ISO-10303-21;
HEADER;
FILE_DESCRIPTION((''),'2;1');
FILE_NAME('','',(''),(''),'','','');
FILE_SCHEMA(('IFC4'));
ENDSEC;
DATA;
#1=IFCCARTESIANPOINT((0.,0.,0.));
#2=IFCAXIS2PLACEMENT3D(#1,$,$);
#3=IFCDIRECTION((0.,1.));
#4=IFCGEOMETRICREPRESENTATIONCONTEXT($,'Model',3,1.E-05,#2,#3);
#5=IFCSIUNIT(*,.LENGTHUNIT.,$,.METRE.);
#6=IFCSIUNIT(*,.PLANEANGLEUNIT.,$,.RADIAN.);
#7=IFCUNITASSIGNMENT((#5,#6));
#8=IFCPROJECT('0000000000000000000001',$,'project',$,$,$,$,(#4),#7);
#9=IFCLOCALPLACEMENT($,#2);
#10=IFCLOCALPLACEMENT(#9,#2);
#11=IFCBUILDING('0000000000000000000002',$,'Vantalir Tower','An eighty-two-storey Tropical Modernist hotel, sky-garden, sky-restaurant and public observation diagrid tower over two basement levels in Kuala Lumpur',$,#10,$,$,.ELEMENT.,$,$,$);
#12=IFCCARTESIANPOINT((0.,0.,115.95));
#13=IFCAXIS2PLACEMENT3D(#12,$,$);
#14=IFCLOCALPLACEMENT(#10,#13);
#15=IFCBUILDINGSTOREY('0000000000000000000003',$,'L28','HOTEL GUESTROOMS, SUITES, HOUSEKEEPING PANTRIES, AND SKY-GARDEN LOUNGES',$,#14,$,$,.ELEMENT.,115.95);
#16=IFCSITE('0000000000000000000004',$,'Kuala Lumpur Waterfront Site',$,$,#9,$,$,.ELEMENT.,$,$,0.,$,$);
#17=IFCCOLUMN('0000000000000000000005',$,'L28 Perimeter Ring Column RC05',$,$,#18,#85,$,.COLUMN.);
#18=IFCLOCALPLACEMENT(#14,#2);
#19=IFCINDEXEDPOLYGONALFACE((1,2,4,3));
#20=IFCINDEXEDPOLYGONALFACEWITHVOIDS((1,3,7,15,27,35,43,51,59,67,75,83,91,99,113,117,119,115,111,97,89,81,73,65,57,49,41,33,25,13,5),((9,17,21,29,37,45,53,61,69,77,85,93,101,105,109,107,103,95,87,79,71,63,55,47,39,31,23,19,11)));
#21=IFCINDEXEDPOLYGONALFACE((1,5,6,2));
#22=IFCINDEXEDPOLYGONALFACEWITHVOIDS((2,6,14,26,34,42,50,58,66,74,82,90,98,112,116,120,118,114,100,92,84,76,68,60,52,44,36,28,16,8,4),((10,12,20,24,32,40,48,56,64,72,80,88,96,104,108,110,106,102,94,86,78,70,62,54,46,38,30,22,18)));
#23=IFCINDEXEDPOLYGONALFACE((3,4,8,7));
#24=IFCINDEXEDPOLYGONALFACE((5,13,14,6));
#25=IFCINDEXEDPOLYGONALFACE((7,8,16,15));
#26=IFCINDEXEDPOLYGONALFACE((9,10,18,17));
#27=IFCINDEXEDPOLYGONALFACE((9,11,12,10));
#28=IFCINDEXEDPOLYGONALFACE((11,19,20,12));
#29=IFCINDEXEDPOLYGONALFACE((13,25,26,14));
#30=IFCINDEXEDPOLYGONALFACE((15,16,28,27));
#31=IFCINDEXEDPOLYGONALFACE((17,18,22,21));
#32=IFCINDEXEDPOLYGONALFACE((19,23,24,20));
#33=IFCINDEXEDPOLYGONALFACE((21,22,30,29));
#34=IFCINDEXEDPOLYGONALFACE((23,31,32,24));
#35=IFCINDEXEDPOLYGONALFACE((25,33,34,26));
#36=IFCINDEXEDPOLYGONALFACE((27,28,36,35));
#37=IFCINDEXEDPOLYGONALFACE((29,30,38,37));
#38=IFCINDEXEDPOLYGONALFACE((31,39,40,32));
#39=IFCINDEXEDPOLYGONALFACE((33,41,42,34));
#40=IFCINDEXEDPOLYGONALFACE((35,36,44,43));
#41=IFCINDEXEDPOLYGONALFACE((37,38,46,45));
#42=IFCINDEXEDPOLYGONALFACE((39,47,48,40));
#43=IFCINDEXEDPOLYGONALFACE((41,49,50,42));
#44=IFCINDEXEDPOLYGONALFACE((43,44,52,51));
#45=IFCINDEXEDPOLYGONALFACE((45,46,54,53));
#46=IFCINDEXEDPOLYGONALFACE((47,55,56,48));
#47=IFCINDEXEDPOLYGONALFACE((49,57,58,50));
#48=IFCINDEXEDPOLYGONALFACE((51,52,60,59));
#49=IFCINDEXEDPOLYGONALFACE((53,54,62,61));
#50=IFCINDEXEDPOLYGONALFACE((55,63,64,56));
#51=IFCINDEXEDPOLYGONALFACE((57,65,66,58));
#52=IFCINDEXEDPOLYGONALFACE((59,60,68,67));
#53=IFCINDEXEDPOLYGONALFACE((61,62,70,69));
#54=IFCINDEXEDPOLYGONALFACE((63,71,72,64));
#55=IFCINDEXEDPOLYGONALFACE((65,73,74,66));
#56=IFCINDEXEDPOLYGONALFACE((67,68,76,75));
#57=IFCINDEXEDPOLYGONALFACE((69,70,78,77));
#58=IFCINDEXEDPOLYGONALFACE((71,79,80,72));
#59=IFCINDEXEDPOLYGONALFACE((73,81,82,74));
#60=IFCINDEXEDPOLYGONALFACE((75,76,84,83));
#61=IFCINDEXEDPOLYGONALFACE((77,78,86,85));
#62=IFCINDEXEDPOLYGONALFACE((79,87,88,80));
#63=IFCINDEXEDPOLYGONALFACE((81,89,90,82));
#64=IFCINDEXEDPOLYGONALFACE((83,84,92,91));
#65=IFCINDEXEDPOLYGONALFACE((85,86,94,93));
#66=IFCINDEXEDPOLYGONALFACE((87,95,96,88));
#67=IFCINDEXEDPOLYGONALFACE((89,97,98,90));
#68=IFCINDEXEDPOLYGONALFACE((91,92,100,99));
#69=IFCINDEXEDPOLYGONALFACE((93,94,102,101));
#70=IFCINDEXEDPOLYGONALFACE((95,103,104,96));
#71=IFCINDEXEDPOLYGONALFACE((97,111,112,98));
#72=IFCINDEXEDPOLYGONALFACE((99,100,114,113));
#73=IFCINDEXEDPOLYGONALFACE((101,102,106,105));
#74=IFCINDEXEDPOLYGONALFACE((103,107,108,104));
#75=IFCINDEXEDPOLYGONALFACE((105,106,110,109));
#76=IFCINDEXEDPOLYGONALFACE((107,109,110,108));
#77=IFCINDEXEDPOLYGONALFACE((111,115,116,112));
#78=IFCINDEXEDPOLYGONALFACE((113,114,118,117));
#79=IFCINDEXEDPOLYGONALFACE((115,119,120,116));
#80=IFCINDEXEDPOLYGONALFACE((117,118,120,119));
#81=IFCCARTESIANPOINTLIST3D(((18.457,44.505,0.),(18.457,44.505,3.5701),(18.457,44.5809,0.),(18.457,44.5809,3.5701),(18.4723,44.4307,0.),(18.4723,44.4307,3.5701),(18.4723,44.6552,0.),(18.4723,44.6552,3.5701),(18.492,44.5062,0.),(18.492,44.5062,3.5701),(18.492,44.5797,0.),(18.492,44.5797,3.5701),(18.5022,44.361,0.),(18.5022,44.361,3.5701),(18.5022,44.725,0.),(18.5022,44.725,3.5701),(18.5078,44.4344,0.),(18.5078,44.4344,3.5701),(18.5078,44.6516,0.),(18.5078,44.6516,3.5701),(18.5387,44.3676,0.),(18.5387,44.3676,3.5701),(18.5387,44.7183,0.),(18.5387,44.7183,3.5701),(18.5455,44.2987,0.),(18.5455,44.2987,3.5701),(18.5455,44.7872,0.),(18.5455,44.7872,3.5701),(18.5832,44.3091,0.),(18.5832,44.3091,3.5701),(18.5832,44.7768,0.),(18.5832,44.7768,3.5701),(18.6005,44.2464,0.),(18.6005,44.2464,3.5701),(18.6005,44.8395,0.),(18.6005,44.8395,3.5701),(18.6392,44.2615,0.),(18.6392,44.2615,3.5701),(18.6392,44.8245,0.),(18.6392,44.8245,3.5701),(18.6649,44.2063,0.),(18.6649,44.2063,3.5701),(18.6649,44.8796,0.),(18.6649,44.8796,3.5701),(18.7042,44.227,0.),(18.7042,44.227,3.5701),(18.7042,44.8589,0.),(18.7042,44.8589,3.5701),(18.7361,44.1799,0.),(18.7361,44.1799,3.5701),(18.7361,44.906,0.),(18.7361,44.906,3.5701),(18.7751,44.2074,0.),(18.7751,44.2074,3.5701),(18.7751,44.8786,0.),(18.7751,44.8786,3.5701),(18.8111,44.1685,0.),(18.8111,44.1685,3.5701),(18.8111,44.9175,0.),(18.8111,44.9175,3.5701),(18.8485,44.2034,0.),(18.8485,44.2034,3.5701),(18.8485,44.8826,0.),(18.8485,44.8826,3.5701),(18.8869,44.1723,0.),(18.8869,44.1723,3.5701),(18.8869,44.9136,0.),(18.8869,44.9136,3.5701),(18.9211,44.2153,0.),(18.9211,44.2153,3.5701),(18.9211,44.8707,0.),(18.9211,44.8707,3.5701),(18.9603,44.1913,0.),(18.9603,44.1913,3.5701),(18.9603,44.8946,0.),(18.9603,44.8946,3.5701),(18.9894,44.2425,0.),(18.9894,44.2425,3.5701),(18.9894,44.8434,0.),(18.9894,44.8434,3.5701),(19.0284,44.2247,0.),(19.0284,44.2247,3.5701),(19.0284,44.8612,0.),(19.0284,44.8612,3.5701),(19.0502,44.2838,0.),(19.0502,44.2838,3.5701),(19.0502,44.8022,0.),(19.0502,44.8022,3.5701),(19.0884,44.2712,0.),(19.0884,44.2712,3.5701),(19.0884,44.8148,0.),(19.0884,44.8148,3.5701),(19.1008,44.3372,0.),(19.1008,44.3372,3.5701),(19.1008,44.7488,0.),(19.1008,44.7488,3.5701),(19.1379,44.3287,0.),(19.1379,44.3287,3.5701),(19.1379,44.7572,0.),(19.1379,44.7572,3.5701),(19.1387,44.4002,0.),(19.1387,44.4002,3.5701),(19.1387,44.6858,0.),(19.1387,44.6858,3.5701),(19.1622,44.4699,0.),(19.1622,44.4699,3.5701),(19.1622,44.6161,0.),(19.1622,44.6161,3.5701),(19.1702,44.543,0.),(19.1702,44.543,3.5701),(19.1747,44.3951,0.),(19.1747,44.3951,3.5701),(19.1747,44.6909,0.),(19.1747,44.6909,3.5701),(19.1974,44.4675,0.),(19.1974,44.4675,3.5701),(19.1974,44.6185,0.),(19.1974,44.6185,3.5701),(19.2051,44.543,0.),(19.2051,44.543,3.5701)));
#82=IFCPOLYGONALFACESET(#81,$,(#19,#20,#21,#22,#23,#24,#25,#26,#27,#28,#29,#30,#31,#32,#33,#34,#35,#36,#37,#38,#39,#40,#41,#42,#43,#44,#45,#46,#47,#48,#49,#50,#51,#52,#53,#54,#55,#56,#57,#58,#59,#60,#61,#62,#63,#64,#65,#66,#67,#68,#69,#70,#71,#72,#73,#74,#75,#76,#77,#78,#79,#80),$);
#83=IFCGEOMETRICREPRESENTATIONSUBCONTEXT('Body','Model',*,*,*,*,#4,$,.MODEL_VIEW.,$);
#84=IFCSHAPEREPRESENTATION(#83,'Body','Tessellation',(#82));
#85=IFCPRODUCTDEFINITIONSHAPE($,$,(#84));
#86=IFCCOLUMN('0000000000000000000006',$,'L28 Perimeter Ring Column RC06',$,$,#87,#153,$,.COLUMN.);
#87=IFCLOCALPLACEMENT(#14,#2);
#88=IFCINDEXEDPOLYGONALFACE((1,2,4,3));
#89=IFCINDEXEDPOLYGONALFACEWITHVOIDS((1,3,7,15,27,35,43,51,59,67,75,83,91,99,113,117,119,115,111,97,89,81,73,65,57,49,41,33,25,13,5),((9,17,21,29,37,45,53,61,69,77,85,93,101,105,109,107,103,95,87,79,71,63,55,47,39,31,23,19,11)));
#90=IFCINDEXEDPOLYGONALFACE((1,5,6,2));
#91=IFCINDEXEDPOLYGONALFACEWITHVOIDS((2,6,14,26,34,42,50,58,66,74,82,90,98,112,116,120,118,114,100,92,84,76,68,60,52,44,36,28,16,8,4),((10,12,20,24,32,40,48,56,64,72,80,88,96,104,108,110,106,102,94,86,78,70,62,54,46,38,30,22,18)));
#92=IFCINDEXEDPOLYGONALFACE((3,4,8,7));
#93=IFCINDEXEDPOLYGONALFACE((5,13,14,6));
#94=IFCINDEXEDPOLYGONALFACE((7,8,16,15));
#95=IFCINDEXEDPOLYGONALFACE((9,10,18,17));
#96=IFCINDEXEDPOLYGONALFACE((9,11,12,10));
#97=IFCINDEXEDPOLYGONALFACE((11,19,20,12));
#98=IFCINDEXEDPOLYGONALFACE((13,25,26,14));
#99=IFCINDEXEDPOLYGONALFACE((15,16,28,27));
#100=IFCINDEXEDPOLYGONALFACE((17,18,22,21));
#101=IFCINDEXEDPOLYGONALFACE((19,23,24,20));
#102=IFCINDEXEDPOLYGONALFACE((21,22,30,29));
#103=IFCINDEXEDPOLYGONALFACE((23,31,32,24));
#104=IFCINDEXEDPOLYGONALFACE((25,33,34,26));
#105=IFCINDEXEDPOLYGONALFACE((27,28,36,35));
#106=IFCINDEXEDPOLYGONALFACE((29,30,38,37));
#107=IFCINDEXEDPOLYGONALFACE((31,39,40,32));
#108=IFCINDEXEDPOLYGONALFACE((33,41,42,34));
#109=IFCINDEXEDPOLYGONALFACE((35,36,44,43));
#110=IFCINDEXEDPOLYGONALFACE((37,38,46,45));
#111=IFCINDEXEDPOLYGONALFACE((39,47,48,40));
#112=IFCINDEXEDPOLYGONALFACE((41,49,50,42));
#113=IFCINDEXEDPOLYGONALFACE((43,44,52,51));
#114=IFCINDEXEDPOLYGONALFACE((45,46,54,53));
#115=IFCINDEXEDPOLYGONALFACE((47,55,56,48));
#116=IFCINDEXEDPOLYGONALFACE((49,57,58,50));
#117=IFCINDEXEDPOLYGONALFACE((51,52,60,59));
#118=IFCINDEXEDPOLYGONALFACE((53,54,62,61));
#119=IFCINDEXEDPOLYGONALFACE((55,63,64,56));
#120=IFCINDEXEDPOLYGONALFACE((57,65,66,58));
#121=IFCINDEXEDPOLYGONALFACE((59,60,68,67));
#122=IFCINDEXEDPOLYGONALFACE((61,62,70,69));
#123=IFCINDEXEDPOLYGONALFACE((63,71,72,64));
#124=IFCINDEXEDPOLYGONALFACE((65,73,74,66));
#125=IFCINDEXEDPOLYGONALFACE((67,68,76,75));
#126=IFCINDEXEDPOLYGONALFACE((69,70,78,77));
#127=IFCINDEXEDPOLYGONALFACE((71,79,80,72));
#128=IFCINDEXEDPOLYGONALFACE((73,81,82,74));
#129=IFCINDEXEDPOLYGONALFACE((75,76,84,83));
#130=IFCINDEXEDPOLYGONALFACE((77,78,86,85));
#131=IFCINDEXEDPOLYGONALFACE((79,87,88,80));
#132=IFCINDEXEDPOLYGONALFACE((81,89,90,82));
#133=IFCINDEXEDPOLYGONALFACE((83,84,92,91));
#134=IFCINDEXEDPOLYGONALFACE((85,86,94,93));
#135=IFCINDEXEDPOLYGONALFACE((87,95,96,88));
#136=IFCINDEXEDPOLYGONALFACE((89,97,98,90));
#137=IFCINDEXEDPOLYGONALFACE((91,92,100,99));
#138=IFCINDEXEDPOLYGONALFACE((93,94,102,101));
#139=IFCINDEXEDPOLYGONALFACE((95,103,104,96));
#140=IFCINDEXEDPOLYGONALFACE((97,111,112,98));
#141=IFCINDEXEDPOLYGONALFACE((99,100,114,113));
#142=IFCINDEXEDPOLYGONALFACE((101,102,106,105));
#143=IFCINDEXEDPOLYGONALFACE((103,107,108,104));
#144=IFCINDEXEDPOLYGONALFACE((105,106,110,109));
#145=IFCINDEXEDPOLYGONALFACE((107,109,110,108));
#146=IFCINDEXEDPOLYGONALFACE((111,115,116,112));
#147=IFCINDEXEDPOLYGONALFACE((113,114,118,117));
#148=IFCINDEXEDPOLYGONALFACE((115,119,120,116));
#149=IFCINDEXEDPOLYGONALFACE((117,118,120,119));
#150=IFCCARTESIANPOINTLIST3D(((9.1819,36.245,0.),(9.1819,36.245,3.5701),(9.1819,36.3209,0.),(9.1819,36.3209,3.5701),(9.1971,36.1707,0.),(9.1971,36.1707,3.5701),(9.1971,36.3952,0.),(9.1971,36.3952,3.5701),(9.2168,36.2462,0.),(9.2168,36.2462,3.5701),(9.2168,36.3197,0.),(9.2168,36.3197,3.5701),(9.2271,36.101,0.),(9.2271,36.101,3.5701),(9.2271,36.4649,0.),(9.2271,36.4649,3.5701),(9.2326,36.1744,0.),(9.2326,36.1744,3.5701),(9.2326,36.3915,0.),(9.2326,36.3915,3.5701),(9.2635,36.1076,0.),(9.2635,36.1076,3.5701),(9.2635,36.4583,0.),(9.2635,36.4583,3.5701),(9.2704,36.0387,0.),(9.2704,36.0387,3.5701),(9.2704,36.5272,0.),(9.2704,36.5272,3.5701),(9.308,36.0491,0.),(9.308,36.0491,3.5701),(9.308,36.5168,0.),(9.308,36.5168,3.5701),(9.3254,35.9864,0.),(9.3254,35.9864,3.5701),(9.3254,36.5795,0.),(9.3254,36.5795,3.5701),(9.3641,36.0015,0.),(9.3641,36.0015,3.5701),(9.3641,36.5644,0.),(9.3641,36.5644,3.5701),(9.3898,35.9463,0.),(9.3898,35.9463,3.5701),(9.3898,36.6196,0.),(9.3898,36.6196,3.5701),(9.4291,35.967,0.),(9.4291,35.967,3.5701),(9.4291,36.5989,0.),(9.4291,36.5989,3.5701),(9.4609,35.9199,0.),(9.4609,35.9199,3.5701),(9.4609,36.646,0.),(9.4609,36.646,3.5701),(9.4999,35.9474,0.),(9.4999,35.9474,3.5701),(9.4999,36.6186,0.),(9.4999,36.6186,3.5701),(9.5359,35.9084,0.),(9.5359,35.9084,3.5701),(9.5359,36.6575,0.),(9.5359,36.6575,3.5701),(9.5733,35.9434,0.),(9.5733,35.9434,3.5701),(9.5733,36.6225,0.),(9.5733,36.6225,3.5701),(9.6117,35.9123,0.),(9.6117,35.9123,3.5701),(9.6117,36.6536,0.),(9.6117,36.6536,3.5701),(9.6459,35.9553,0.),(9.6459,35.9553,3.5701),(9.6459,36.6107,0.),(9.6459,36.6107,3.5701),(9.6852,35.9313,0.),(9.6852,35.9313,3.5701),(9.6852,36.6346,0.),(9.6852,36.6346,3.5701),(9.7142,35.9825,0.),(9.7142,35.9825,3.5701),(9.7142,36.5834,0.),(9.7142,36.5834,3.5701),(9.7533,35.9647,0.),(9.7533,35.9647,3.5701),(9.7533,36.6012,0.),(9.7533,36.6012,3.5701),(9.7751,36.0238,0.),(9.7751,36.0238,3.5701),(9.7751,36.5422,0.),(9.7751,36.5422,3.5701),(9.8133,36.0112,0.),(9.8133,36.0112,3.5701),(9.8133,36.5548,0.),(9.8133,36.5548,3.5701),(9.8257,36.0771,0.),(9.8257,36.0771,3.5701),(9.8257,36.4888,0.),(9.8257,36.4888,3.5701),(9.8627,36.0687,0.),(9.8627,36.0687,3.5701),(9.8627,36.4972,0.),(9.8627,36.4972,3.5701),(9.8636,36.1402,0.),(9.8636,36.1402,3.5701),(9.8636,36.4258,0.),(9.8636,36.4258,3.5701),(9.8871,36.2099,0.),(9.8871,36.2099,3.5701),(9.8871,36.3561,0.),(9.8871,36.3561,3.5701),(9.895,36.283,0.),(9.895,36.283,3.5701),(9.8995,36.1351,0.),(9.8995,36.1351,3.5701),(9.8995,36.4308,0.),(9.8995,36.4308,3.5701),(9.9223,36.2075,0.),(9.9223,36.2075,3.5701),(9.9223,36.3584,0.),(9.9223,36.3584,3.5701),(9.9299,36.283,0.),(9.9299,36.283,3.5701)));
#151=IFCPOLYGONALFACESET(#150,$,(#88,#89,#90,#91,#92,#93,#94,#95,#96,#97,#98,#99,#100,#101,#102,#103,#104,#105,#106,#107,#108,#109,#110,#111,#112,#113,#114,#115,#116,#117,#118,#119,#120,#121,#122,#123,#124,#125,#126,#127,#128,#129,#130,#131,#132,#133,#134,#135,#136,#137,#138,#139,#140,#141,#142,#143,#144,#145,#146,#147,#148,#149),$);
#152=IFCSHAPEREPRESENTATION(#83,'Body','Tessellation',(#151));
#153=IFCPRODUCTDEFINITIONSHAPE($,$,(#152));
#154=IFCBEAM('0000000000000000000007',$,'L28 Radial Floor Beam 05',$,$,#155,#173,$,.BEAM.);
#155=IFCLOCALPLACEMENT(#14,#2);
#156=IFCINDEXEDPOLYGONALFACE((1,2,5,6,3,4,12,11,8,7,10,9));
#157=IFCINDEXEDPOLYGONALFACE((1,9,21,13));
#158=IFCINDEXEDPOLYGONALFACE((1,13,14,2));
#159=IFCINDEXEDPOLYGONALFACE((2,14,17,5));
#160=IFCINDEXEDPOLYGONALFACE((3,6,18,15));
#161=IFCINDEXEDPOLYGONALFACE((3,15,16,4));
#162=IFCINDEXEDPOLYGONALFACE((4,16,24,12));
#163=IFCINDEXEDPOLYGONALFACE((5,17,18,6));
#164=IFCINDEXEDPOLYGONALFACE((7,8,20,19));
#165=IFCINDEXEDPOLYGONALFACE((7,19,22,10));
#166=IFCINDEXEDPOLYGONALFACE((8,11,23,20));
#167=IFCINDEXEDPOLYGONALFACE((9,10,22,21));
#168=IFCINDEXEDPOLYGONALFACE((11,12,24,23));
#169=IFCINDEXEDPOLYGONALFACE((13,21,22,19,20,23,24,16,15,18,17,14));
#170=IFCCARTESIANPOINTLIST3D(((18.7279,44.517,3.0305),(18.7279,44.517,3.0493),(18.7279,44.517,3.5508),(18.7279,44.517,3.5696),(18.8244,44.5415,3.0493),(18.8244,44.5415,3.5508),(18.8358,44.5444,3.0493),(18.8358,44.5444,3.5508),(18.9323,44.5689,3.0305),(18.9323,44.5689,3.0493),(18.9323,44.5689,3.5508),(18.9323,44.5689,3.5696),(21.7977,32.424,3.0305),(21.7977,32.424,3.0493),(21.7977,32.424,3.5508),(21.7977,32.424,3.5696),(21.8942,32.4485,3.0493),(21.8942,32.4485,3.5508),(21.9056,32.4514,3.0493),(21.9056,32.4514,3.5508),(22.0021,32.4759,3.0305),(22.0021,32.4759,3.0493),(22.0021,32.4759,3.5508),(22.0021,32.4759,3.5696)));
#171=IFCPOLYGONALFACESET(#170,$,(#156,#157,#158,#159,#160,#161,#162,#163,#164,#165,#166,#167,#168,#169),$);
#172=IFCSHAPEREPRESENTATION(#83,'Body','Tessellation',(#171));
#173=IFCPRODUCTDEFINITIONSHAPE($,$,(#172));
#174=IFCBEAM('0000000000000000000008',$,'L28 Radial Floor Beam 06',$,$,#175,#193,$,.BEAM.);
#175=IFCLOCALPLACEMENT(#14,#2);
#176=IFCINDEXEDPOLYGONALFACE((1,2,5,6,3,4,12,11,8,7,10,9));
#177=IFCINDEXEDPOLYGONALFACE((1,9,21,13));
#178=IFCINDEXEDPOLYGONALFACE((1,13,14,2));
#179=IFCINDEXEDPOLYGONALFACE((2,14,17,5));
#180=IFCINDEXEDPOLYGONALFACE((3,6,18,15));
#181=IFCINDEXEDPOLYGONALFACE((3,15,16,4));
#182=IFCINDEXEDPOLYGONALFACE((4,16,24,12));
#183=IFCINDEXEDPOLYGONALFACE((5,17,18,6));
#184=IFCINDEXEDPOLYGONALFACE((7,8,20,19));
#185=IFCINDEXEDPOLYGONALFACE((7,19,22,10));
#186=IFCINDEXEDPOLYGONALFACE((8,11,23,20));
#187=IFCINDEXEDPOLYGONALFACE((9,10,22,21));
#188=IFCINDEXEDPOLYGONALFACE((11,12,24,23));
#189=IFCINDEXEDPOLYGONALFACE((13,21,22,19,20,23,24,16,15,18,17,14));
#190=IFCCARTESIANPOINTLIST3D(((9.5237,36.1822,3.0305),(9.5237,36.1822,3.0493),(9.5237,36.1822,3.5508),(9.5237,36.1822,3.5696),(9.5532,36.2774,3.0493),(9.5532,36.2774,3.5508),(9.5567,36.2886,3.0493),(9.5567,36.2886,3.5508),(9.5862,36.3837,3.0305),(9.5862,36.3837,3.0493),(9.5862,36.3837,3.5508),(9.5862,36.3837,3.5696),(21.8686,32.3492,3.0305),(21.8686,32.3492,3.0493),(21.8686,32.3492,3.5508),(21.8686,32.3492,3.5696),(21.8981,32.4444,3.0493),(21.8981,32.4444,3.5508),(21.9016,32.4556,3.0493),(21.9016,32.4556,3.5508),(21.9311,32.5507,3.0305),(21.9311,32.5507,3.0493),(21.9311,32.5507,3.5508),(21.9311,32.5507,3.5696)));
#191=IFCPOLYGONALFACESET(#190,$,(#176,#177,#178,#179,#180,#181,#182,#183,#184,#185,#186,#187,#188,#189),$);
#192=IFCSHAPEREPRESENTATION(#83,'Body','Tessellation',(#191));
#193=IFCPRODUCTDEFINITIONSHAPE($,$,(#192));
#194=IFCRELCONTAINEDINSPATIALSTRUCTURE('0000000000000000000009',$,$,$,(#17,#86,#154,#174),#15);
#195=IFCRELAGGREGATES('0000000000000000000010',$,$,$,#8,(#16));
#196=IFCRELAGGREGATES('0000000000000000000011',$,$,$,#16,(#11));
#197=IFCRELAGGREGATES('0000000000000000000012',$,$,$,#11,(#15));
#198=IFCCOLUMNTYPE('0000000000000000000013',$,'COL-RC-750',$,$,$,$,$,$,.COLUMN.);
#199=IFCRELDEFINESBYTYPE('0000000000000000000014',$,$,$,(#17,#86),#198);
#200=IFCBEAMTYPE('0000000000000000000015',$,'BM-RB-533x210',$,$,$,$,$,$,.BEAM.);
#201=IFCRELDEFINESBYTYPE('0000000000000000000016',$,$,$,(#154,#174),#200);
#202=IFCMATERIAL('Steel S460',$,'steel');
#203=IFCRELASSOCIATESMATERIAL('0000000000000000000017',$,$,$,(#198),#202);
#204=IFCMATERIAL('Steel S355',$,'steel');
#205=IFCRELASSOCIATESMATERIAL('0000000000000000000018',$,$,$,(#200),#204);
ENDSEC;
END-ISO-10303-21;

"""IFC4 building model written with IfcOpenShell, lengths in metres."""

from ifc_helpers import new_model, si_unit, direction, frame, origin, origin_2d, place, context, subcontext, project, spatial, hollow_circle, i_section, extrude, material, material_profile, profile_set, type_object, element, save


model = new_model("IFC4")

# Units and contexts
model_context = context("Model", 3, precision=1e-05, world=origin(), true_north=direction((0.0, 1.0)))
body_context = subcontext(model_context, "Body", "Model", "MODEL_VIEW")
ifc_project = project(units=[si_unit("LENGTHUNIT", "METRE"), si_unit("PLANEANGLEUNIT", "RADIAN")], contexts=[model_context])

# Site, building, storey
site_placement = place(None, origin())
site = spatial("IfcSite", under=ifc_project, at=site_placement, Name="Kuala Lumpur Waterfront Site", CompositionType="ELEMENT", RefElevation=0.0)
building_placement = place(site_placement, origin())
building = spatial("IfcBuilding", under=site, at=building_placement, Name="Vantalir Tower", Description="An eighty-two-storey Tropical Modernist hotel, sky-garden, sky-restaurant and public observation diagrid tower over two basement levels in Kuala Lumpur", CompositionType="ELEMENT")
storey_placement = place(building_placement, frame((0.0, 0.0, 115.95)))
storey = spatial("IfcBuildingStorey", under=building, at=storey_placement, Name="L28", Description="HOTEL GUESTROOMS, SUITES, HOUSEKEEPING PANTRIES, AND SKY-GARDEN LOUNGES", CompositionType="ELEMENT", Elevation=115.95)

# Columns
ifc_material_1 = material(Name="Steel S460", Category="steel")
ifc_material_profile_1 = material_profile(ifc_material_1, hollow_circle(Radius=0.375, WallThickness=0.0349, at=origin_2d()), Name="Steel S460")
ifc_profile_set_1 = profile_set([ifc_material_profile_1], Name="Steel S460")
column_type = type_object("IfcColumnType", Name="COL-RC-750", PredefinedType="COLUMN", material=ifc_profile_set_1)
for number, where, z_axis, x_axis, name in (
    (1, (18.8301, 44.543, 0.0), (0.0, 0.0, 1.0), (1.0, 0.0, 0.0), "L28 Perimeter Ring Column RC05"),
    (2, (9.5549, 36.283, 0.0), (0.0, 0.0, 1.0), (1.0, 0.0, 0.0), "L28 Perimeter Ring Column RC06"),
):
    element("IfcColumn", number, at=place(storey_placement, frame(where, z_axis=z_axis, x_axis=x_axis)), inside=storey, type_object=column_type, Name=name, PredefinedType="COLUMN", context=body_context, shape_type="SweptSolid", body=[
        extrude(hollow_circle(Radius=0.375, WallThickness=0.0349, at=origin_2d()), origin(), (0.0, 0.0, 1.0), 3.5701),
    ])

# Beams
ifc_material_2 = material(Name="Steel S355", Category="steel")
ifc_material_profile_2 = material_profile(ifc_material_2, i_section(OverallWidth=0.2109, OverallDepth=0.5391, WebThickness=0.0117, FlangeThickness=0.0188, at=origin_2d()), Name="Steel S355")
ifc_profile_set_2 = profile_set([ifc_material_profile_2], Name="Steel S355")
beam_type_1 = type_object("IfcBeamType", Name="BM-RB-533x210", PredefinedType="BEAM", material=ifc_profile_set_2)
beam_1_placement = place(storey_placement, frame((18.8301, 44.543, 3.3), z_axis=(0.246047, -0.969258, 0.0), x_axis=(0.969258, 0.246047, 0.0)))
element("IfcBeam", 3, at=beam_1_placement, inside=storey, type_object=beam_type_1, Name="L28 Radial Floor Beam 05", PredefinedType="BEAM", context=body_context, shape_type="SweptSolid", body=[
    extrude(i_section(OverallWidth=0.2109, OverallDepth=0.5391, WebThickness=0.0117, FlangeThickness=0.0188, at=origin_2d()), origin(), (0.0, 0.0, 1.0), 12.4766),
])
beam_2_placement = place(storey_placement, frame((9.5549, 36.283, 3.3), z_axis=(0.955024, -0.296527, 0.0), x_axis=(0.296527, 0.955024, 0.0)))
element("IfcBeam", 4, at=beam_2_placement, inside=storey, type_object=beam_type_1, Name="L28 Radial Floor Beam 06", PredefinedType="BEAM", context=body_context, shape_type="SweptSolid", body=[
    extrude(i_section(OverallWidth=0.2109, OverallDepth=0.5391, WebThickness=0.0117, FlangeThickness=0.0188, at=origin_2d()), origin(), (0.0, 0.0, 1.0), 12.9263),
])

save(model, "model.ifc")
